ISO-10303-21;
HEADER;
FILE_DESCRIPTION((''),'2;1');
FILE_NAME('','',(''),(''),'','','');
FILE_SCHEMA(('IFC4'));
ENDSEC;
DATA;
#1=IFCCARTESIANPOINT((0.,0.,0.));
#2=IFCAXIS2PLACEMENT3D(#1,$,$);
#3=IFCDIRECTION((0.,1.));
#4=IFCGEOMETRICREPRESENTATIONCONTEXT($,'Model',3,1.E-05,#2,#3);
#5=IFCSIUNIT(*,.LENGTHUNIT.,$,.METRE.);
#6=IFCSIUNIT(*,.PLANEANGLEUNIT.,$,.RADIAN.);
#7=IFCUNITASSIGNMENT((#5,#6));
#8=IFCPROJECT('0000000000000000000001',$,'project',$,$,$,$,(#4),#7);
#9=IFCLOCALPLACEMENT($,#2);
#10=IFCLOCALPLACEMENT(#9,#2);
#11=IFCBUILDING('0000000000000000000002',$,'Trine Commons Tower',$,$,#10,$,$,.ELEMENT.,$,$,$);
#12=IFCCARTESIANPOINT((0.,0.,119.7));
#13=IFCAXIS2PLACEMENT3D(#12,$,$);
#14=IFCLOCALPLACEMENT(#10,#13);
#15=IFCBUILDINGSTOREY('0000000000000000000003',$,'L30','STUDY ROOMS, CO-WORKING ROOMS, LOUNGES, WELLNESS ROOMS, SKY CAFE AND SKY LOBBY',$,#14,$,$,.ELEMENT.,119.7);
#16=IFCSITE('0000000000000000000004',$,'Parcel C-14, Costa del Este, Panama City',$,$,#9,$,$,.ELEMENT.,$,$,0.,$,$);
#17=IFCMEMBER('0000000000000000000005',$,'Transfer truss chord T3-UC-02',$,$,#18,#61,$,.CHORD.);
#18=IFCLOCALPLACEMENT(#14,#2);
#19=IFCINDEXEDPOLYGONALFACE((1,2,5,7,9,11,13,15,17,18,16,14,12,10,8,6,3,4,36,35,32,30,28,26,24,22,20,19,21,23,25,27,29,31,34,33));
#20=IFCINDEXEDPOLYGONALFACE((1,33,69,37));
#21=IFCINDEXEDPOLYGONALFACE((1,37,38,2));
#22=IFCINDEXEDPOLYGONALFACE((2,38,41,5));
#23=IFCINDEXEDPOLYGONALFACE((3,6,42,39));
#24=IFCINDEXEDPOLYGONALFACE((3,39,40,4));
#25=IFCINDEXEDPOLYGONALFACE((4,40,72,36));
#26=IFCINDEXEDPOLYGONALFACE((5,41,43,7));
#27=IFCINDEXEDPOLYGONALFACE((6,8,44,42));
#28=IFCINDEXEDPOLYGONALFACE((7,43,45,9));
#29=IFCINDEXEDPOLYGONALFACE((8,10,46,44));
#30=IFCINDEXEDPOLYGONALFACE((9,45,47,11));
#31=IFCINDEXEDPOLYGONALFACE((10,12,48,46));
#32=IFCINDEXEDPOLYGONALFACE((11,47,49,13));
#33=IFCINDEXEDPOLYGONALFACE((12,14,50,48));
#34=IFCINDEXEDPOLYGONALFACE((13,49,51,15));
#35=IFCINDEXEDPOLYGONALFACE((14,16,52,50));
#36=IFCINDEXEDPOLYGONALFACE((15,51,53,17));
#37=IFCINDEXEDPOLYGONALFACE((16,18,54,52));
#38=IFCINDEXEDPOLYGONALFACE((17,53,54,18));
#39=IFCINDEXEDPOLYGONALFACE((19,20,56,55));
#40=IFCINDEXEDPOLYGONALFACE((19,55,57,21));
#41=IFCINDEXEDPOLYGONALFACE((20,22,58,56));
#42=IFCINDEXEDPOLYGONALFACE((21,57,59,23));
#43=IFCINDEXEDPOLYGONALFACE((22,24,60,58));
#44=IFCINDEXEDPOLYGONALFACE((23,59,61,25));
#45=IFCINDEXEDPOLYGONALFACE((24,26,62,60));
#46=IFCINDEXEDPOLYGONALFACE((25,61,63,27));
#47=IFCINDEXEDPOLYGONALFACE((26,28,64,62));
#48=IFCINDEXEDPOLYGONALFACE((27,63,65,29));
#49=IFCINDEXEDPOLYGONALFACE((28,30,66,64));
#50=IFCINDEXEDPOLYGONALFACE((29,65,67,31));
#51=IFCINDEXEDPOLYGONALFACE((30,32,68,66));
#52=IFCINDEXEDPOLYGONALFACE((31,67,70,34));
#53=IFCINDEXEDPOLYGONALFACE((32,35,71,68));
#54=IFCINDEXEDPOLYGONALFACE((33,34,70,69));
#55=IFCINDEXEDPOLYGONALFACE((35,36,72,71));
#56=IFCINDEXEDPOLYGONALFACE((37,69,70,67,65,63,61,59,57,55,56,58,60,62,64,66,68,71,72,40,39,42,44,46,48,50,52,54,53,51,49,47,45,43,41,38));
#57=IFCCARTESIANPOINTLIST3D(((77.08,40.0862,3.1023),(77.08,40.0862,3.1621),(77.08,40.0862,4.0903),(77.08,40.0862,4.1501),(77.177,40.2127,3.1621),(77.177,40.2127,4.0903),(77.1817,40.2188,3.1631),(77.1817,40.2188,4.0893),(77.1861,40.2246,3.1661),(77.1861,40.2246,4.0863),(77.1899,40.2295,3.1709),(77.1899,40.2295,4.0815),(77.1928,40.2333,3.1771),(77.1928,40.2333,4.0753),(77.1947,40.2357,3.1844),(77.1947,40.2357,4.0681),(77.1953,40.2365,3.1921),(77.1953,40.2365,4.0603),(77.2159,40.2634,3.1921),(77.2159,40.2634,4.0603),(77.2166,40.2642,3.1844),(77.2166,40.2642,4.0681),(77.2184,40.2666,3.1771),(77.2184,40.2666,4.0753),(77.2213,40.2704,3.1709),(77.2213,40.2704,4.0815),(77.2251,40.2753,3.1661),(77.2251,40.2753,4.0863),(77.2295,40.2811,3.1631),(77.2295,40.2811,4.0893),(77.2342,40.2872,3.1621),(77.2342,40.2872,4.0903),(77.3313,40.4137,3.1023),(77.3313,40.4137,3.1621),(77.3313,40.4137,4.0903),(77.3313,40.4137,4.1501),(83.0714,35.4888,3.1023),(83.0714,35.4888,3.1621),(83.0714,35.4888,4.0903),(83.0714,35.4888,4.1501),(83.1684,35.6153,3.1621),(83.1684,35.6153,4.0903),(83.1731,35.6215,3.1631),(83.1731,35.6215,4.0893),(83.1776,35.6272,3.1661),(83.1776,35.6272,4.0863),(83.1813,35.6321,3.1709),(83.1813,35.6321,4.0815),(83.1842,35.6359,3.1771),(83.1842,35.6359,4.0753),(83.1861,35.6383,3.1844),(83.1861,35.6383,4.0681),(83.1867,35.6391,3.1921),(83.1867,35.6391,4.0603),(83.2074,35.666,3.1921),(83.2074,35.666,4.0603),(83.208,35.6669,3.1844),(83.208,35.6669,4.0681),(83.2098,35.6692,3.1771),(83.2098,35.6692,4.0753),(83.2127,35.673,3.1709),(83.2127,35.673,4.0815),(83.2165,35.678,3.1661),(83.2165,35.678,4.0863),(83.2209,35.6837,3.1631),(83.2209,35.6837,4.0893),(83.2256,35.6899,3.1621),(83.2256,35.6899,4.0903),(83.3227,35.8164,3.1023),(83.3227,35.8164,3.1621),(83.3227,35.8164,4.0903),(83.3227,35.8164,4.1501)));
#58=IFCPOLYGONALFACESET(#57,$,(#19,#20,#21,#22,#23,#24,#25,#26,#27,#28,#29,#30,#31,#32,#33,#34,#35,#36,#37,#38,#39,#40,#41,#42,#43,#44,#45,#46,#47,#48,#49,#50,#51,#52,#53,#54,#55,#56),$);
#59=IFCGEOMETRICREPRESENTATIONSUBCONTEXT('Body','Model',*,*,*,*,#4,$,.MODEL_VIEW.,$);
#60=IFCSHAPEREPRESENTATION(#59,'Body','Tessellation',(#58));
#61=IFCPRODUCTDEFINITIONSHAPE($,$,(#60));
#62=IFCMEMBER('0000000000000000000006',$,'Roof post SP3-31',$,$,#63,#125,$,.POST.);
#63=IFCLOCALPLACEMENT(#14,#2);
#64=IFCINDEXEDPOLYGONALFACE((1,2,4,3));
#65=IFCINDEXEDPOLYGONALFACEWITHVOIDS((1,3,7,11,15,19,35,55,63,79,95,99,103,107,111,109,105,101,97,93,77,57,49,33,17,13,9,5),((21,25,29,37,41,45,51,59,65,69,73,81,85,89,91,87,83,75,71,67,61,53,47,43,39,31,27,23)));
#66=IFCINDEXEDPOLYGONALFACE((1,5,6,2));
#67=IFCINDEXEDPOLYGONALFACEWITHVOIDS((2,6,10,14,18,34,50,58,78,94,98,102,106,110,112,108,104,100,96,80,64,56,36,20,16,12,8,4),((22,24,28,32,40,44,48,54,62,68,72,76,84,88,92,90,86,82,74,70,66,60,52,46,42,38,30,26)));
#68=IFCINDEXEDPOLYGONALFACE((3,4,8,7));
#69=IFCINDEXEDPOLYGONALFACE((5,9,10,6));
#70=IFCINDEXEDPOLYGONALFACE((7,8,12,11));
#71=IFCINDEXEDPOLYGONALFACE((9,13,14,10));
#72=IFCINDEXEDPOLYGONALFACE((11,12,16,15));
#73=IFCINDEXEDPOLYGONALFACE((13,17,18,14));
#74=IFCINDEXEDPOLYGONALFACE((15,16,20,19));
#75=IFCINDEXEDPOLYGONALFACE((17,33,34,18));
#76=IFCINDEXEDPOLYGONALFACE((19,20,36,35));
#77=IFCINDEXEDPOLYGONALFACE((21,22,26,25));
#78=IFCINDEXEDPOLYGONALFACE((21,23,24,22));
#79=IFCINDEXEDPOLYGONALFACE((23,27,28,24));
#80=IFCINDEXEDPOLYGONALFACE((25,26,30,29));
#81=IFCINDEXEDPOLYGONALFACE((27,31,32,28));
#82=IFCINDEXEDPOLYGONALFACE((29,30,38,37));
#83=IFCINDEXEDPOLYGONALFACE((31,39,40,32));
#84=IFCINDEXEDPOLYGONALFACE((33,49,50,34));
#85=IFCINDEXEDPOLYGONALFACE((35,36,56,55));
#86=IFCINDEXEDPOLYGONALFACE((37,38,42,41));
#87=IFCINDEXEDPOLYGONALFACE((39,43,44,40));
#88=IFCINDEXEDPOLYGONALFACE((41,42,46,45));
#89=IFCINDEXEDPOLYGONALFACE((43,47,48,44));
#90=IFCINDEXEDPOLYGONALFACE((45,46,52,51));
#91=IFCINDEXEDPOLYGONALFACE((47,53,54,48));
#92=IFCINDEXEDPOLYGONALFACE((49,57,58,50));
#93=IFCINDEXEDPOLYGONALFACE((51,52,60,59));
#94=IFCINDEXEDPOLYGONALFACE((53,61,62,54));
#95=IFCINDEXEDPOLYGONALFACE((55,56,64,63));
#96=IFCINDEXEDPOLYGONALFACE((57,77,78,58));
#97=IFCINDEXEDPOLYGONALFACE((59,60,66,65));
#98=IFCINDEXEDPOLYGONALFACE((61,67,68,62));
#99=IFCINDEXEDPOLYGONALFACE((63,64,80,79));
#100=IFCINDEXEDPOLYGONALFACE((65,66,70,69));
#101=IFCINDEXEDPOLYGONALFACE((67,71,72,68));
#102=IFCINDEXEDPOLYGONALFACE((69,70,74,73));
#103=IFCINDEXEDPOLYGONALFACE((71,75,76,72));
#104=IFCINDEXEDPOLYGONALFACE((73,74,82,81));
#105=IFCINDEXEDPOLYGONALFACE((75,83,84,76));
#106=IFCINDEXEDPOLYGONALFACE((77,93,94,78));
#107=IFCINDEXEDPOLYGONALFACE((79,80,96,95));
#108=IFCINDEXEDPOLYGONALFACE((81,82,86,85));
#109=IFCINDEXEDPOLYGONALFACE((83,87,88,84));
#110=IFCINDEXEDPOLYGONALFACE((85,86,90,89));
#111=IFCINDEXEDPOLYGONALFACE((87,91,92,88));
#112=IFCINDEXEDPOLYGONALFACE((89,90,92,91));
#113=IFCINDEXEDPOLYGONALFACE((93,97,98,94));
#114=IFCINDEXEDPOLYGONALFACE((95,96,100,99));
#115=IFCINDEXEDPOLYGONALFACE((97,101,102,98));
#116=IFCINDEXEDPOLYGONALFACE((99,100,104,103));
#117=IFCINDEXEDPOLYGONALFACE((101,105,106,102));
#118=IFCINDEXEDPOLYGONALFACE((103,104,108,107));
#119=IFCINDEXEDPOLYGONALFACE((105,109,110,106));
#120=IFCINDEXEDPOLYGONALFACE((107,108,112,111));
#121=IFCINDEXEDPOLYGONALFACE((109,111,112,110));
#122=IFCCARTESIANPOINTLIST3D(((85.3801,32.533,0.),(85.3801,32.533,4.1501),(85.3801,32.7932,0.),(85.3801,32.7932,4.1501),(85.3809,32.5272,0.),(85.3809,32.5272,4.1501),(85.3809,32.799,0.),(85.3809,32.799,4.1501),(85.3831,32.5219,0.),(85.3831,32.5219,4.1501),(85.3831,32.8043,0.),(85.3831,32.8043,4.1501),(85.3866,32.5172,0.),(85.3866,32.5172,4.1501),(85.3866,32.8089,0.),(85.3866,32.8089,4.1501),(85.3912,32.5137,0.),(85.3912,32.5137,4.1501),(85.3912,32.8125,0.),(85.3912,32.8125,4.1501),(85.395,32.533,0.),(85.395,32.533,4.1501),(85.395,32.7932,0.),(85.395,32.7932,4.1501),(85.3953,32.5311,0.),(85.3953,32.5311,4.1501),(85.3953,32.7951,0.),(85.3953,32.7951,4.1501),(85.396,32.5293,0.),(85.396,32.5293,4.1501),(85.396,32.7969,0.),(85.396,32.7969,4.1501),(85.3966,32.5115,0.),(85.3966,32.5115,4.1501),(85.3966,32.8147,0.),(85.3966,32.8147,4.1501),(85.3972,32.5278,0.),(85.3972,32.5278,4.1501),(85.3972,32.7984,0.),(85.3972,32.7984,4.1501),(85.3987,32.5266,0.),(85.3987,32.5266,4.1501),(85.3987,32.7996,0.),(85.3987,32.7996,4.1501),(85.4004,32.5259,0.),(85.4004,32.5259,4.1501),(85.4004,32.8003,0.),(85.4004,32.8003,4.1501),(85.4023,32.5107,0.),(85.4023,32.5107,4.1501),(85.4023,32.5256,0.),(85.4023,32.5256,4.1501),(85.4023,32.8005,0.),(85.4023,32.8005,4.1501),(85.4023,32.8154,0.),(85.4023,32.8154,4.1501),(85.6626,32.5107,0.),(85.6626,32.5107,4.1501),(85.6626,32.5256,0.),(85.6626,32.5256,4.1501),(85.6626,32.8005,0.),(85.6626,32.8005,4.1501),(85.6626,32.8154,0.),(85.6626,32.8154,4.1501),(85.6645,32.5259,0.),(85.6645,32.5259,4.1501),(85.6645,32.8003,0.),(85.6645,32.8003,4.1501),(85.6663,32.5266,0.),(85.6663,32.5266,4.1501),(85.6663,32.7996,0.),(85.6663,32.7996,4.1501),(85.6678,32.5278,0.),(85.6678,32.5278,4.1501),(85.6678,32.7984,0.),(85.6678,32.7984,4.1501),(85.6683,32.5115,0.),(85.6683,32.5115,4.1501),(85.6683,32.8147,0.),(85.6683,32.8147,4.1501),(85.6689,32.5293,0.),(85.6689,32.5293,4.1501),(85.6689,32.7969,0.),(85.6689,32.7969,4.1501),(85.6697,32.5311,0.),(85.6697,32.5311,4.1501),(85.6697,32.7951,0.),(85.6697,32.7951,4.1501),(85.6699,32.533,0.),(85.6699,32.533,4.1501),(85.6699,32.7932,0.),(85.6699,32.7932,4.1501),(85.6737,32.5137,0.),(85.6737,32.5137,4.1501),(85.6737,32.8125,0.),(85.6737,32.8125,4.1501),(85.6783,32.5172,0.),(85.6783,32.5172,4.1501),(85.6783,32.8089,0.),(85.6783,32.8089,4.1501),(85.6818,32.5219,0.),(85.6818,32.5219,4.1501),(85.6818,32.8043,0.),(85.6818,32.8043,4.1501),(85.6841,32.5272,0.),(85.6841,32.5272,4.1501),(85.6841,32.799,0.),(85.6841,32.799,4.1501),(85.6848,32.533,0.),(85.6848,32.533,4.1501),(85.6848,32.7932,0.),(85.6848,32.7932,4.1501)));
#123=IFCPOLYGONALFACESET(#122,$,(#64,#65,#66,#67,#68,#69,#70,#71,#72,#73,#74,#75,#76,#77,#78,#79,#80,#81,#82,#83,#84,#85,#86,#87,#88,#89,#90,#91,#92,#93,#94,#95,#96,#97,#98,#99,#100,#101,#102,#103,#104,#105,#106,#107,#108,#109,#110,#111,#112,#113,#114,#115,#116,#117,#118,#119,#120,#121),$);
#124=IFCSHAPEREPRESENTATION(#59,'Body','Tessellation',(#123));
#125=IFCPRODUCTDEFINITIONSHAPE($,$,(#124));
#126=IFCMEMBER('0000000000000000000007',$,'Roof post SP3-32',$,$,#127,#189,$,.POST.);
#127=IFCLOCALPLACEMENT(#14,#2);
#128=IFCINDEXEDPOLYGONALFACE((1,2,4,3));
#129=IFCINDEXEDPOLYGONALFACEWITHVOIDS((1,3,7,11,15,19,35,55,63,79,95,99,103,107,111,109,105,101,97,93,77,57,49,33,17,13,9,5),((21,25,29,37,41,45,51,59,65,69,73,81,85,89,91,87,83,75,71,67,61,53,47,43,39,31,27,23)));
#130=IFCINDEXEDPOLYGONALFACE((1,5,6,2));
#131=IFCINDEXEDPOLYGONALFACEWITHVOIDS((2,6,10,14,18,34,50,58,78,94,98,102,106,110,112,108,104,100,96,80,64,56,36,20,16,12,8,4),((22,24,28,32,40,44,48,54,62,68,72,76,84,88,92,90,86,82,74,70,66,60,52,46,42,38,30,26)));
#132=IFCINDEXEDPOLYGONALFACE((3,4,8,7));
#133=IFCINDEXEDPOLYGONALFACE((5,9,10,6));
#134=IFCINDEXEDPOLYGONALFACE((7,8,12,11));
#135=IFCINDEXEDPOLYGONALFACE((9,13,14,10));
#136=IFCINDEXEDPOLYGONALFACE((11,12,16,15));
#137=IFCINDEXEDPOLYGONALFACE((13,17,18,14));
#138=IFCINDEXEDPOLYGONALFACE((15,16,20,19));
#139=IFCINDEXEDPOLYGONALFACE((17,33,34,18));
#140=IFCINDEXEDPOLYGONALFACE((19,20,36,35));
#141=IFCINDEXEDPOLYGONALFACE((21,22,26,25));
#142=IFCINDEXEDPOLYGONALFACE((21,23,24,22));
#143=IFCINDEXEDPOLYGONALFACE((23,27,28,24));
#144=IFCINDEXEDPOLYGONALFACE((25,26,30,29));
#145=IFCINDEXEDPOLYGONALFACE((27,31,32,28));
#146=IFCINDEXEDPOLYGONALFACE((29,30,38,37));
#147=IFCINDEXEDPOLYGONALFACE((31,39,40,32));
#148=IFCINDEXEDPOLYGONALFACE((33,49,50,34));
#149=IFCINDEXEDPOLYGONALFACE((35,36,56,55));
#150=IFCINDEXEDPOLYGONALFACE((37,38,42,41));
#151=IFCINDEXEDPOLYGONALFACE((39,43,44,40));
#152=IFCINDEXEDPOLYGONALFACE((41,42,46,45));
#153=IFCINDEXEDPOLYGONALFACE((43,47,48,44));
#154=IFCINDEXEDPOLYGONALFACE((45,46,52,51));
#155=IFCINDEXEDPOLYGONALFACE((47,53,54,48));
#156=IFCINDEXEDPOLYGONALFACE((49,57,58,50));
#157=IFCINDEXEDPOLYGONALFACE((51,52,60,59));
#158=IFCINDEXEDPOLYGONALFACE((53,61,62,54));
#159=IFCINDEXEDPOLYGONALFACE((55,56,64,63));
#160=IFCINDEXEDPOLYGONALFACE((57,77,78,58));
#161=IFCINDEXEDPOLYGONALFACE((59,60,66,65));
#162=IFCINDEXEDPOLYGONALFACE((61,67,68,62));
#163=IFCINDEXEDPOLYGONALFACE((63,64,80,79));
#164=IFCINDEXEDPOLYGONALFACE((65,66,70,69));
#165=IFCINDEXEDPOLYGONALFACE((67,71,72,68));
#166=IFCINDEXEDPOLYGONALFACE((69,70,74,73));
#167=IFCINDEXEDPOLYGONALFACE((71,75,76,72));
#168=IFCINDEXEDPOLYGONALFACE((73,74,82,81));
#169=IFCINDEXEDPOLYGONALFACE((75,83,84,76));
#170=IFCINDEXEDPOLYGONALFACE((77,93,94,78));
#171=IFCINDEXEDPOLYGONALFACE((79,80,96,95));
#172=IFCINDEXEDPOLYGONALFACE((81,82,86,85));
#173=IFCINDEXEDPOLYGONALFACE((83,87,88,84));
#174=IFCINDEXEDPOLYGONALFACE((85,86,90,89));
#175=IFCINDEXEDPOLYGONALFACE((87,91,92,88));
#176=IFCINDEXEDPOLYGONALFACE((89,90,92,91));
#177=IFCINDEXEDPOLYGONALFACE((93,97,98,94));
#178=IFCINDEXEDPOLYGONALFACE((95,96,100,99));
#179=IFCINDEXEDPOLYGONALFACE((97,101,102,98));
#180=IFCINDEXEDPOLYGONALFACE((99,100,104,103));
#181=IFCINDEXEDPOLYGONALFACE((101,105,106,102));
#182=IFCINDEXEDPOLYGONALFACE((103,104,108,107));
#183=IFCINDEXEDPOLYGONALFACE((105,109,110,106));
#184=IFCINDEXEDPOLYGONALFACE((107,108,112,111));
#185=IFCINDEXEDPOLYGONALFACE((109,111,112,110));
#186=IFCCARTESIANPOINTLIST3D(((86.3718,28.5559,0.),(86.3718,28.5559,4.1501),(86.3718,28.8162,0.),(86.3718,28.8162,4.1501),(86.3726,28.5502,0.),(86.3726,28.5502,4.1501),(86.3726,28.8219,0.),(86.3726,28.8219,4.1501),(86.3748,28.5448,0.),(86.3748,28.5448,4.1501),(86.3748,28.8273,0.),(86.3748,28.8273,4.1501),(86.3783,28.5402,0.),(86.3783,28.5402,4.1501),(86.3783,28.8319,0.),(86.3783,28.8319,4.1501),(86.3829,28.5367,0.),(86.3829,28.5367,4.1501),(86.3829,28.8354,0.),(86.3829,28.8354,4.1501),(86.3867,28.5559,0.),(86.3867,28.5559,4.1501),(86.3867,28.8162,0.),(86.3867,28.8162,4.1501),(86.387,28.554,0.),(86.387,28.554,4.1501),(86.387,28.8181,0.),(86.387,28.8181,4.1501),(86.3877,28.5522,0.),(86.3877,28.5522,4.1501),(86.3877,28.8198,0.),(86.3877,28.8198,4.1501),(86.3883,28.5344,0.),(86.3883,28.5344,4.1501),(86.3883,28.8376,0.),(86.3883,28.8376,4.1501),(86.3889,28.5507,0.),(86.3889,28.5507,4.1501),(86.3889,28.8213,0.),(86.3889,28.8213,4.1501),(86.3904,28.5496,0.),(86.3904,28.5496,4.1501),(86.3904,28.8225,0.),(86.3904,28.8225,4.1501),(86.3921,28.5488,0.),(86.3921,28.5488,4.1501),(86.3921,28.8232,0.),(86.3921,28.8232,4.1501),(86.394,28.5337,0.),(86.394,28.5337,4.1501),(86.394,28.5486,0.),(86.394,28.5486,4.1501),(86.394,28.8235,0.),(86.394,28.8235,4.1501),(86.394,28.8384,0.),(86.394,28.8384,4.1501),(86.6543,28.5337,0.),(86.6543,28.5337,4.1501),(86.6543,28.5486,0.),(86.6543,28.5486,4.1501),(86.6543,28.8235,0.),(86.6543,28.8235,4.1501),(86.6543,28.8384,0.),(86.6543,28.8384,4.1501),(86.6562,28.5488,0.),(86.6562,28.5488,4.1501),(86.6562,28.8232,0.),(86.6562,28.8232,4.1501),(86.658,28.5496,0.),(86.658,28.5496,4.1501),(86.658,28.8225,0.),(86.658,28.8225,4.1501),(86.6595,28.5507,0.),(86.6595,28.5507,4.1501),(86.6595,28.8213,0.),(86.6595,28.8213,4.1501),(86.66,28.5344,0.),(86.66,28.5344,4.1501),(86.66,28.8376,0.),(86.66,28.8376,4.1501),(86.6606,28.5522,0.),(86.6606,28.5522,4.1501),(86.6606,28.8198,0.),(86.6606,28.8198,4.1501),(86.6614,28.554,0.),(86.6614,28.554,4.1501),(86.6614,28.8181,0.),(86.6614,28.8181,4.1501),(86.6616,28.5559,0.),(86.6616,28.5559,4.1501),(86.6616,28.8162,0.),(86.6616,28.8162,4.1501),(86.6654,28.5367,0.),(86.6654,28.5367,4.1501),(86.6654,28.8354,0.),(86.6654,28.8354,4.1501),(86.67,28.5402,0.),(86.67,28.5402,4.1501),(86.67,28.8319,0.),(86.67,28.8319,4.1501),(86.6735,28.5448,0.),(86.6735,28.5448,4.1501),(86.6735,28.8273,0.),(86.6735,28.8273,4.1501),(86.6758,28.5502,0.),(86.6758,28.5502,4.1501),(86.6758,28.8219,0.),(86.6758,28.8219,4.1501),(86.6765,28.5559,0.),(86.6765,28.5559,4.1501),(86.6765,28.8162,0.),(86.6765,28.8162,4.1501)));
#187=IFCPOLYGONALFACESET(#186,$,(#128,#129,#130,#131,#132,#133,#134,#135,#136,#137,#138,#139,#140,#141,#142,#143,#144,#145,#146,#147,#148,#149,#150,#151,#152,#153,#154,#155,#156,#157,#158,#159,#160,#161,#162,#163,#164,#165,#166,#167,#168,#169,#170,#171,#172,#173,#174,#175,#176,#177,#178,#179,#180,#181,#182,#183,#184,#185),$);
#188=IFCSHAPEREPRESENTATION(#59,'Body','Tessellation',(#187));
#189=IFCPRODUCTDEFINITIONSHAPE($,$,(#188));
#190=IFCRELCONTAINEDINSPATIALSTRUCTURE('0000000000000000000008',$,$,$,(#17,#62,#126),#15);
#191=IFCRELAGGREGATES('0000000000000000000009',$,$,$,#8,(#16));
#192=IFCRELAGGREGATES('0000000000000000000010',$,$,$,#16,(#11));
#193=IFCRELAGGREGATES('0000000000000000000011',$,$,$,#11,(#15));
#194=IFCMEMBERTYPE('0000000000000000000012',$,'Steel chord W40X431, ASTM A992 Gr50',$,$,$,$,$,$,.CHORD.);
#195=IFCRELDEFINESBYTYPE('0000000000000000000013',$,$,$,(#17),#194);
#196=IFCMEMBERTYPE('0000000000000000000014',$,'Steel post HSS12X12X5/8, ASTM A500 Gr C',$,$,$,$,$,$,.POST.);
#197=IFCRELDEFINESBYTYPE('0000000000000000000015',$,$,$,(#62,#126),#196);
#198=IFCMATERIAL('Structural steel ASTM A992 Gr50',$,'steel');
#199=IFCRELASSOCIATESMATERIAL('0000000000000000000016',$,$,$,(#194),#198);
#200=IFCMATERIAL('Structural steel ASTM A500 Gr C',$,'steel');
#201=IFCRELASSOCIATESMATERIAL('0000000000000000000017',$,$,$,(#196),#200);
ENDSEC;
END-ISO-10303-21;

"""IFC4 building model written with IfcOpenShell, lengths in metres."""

from ifc_helpers import new_model, si_unit, direction, frame, origin, origin_2d, place, context, subcontext, project, spatial, hollow_rectangle, i_section, extrude, material, material_profile, profile_set, type_object, element, save


model = new_model("IFC4")

# Units and contexts
model_context = context("Model", 3, precision=1e-05, world=origin(), true_north=direction((0.0, 1.0)))
body_context = subcontext(model_context, "Body", "Model", "MODEL_VIEW")
ifc_project = project(units=[si_unit("LENGTHUNIT", "METRE"), si_unit("PLANEANGLEUNIT", "RADIAN")], contexts=[model_context])

# Site, building, storey
site_placement = place(None, origin())
site = spatial("IfcSite", under=ifc_project, at=site_placement, Name="Parcel C-14, Costa del Este, Panama City", CompositionType="ELEMENT", RefElevation=0.0)
building_placement = place(site_placement, origin())
building = spatial("IfcBuilding", under=site, at=building_placement, Name="Trine Commons Tower", CompositionType="ELEMENT")
storey_placement = place(building_placement, frame((0.0, 0.0, 119.7)))
storey = spatial("IfcBuildingStorey", under=building, at=storey_placement, Name="L30", Description="STUDY ROOMS, CO-WORKING ROOMS, LOUNGES, WELLNESS ROOMS, SKY CAFE AND SKY LOBBY", CompositionType="ELEMENT", Elevation=119.7)

# Shared definitions
ifc_material_1 = material(Name="Structural steel ASTM A992 Gr50", Category="steel")

# Members
ifc_material_profile_1 = material_profile(ifc_material_1, i_section(OverallWidth=0.4128, OverallDepth=1.0479, WebThickness=0.0339, FlangeThickness=0.0598, FilletRadius=0.03, at=origin_2d()), Name="W40X431")
ifc_profile_set_1 = profile_set([ifc_material_profile_1], Name="Structural steel ASTM A992 Gr50")
member_type_1 = type_object("IfcMemberType", Name="Steel chord W40X431, ASTM A992 Gr50", PredefinedType="CHORD", material=ifc_profile_set_1)
member_1_placement = place(storey_placement, frame((83.197, 35.6526, 3.6262), z_axis=(-0.793353, 0.608762, 0.0), x_axis=(-0.608762, -0.793353, 0.0)))
element("IfcMember", 1, at=member_1_placement, inside=storey, type_object=member_type_1, Name="Transfer truss chord T3-UC-02", PredefinedType="CHORD", context=body_context, shape_type="SweptSolid", body=[
    extrude(i_section(OverallWidth=0.4128, OverallDepth=1.0479, WebThickness=0.0339, FlangeThickness=0.0598, FilletRadius=0.03, at=origin_2d()), origin(), (0.0, 0.0, 1.0), 7.552),
])
ifc_material_2 = material(Name="Structural steel ASTM A500 Gr C", Category="steel")
ifc_material_profile_2 = material_profile(ifc_material_2, hollow_rectangle(XDim=0.3047, YDim=0.3047, WallThickness=0.0149, InnerFilletRadius=0.0073, OuterFilletRadius=0.0222, at=origin_2d()), Name="HSS12X12X5/8")
ifc_profile_set_2 = profile_set([ifc_material_profile_2], Name="Structural steel ASTM A500 Gr C")
member_type_2 = type_object("IfcMemberType", Name="Steel post HSS12X12X5/8, ASTM A500 Gr C", PredefinedType="POST", material=ifc_profile_set_2)
for number, where, z_axis, x_axis, name in (
    (2, (85.5325, 32.6631, 0.0), (0.0, 0.0, 1.0), (1.0, 0.0, 0.0), "Roof post SP3-31"),
    (3, (86.5242, 28.686, 0.0), (0.0, 0.0, 1.0), (1.0, 0.0, 0.0), "Roof post SP3-32"),
):
    element("IfcMember", number, at=place(storey_placement, frame(where, z_axis=z_axis, x_axis=x_axis)), inside=storey, type_object=member_type_2, Name=name, PredefinedType="POST", context=body_context, shape_type="SweptSolid", body=[
        extrude(hollow_rectangle(XDim=0.3047, YDim=0.3047, WallThickness=0.0149, InnerFilletRadius=0.0073, OuterFilletRadius=0.0222, at=origin_2d()), origin(), (0.0, 0.0, 1.0), 4.1501),
    ])

save(model, "model.ifc")
